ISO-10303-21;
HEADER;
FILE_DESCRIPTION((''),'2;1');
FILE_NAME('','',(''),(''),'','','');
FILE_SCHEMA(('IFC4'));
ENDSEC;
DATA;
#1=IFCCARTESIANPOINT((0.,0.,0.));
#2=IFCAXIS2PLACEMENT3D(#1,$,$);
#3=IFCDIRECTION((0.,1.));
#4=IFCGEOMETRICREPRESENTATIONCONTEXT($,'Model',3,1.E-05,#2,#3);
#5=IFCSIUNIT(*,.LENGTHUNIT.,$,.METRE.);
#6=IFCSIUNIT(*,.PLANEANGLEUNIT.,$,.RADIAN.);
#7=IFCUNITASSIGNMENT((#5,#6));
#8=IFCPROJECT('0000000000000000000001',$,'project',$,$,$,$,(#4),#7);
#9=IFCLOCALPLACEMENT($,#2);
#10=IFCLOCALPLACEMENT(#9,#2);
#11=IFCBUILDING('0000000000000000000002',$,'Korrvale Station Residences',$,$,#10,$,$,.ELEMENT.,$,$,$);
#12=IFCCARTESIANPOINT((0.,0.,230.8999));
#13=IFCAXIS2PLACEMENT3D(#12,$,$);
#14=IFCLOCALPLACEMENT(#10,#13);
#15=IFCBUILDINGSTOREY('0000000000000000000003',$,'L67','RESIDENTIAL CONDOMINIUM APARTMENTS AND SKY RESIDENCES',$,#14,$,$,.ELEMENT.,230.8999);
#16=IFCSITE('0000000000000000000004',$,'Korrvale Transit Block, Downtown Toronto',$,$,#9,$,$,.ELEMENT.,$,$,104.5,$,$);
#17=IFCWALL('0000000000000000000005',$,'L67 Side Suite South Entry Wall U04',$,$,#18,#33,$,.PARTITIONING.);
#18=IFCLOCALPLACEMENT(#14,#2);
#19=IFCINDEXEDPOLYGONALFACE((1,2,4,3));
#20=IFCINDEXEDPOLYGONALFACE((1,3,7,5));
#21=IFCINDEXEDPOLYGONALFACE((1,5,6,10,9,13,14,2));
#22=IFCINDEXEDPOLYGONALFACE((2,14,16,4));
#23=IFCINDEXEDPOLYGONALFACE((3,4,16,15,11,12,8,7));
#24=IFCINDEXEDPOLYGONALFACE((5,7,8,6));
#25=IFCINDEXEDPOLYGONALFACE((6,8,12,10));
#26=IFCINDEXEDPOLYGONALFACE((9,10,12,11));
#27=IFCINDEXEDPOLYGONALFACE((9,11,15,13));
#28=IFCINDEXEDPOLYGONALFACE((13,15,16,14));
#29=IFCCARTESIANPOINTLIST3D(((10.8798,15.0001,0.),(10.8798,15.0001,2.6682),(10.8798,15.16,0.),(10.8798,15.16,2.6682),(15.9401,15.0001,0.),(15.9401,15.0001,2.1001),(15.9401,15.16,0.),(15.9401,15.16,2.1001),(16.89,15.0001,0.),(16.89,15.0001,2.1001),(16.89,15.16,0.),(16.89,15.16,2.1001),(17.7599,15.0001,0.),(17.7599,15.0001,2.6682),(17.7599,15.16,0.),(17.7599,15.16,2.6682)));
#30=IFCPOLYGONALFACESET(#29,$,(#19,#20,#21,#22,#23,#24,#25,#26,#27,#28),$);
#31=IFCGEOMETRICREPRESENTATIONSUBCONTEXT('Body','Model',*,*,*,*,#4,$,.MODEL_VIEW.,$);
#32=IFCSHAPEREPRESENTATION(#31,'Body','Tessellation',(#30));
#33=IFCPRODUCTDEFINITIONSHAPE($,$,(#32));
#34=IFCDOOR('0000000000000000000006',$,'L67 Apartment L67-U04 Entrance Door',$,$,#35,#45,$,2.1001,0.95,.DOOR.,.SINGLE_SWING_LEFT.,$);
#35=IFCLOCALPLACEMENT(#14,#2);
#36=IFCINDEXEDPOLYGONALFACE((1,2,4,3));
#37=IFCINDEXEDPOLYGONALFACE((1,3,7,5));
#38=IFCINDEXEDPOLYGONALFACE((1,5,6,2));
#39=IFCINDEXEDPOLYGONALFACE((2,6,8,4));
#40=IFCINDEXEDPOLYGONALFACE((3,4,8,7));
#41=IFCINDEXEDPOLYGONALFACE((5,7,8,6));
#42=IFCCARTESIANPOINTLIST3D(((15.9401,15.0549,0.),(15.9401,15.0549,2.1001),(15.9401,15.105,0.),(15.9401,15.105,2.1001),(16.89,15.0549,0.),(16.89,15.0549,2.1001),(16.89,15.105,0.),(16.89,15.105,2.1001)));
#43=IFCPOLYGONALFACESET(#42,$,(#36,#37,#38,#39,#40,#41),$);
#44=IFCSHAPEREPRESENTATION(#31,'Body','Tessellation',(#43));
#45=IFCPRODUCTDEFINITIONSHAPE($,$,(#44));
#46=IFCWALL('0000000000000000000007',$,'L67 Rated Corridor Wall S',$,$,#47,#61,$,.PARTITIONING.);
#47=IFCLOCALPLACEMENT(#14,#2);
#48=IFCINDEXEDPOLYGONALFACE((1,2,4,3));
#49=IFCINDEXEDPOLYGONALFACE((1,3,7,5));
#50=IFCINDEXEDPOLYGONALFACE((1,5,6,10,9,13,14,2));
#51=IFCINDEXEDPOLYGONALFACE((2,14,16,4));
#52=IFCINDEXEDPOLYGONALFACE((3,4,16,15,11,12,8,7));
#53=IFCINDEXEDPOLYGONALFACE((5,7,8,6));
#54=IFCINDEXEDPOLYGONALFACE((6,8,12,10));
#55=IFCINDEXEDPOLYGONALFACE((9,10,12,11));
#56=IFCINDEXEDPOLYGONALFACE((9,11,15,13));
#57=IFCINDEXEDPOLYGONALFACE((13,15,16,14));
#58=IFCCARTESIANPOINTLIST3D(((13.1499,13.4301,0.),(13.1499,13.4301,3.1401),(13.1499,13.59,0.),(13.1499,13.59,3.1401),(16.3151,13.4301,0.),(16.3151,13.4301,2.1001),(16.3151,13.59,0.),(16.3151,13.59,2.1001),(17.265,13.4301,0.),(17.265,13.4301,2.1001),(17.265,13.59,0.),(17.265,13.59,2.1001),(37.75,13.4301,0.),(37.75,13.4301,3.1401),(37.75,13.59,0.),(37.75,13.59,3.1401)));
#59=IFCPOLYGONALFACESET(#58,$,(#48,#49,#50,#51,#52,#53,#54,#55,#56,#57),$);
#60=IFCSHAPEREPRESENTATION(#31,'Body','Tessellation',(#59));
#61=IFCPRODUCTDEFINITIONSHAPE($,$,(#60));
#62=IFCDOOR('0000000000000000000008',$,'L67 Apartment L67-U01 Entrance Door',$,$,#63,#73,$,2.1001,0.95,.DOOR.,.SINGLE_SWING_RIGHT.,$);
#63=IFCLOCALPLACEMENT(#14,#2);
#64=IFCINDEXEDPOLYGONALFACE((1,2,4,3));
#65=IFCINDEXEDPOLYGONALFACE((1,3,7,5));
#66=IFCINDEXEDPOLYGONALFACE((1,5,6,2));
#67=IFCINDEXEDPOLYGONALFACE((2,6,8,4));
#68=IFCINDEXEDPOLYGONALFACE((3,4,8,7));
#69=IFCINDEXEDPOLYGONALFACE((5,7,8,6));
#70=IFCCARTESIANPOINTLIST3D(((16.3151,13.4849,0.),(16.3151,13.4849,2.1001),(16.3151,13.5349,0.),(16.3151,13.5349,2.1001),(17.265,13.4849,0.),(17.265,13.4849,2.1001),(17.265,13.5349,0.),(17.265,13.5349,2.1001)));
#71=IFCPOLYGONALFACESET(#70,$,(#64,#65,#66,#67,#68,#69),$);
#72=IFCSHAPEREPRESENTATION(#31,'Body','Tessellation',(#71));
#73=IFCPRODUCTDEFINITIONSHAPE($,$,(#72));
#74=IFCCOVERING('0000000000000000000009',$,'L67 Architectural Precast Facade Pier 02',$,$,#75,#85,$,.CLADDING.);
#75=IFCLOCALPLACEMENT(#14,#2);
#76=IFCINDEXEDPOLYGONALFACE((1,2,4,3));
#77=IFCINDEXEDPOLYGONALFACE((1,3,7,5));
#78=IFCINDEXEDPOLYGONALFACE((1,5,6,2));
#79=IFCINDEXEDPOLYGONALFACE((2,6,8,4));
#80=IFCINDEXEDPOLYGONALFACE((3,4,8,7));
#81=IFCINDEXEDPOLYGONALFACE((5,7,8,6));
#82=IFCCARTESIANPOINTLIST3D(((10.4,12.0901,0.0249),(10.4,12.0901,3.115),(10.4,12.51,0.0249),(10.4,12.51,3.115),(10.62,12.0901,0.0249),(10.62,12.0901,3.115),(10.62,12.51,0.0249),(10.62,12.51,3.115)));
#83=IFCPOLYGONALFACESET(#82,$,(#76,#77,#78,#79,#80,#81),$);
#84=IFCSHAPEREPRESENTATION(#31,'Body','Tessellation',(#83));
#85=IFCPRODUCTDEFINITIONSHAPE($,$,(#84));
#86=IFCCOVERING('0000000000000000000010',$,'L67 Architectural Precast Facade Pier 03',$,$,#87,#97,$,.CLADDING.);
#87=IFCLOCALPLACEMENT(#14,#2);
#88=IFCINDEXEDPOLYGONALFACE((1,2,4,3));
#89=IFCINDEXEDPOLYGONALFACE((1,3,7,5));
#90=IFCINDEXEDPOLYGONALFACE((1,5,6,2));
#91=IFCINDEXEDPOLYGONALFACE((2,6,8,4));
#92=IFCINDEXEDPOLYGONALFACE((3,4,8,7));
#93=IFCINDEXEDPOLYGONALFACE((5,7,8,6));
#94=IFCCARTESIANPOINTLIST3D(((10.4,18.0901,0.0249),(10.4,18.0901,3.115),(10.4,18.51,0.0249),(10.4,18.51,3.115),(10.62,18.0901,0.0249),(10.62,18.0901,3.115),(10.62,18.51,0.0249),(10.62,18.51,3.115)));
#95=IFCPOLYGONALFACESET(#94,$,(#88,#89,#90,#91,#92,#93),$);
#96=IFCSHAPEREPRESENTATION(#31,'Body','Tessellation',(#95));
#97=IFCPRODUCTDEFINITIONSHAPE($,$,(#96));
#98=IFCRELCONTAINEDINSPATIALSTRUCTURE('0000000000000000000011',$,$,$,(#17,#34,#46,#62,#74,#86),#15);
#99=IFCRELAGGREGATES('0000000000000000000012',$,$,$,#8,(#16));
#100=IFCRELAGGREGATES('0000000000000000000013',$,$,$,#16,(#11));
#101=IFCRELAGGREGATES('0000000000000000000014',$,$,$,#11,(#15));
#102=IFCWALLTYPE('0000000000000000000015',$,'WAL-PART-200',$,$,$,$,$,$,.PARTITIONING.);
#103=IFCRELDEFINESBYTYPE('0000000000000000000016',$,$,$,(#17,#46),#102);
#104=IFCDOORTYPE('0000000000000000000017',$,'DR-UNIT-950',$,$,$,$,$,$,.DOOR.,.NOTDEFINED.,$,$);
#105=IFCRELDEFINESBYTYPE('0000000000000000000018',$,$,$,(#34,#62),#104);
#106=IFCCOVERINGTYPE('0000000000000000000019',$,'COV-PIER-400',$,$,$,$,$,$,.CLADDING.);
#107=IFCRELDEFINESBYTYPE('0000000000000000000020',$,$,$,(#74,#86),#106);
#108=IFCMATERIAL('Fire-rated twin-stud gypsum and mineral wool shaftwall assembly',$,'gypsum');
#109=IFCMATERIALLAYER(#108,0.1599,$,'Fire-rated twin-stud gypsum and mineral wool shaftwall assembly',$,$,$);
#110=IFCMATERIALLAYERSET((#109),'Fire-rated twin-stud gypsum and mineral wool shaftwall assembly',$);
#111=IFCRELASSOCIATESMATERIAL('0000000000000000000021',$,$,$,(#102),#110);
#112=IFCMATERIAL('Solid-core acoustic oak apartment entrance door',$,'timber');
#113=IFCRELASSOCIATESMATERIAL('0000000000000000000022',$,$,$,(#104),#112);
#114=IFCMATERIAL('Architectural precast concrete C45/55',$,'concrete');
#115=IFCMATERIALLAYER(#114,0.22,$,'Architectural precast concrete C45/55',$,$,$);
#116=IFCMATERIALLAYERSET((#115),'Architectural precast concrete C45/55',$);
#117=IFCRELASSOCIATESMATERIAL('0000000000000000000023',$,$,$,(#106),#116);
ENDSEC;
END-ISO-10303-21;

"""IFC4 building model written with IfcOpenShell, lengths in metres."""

from ifc_helpers import new_model, si_unit, direction, frame, frame_2d, origin, origin_2d, place, context, subcontext, project, spatial, rectangle, extrude, material, layer, layer_set, type_object, element, fill, save


model = new_model("IFC4")

# Units and contexts
model_context = context("Model", 3, precision=1e-05, world=origin(), true_north=direction((0.0, 1.0)))
body_context = subcontext(model_context, "Body", "Model", "MODEL_VIEW")
ifc_project = project(units=[si_unit("LENGTHUNIT", "METRE"), si_unit("PLANEANGLEUNIT", "RADIAN")], contexts=[model_context])

# Site, building, storey
site_placement = place(None, origin())
site = spatial("IfcSite", under=ifc_project, at=site_placement, Name="Korrvale Transit Block, Downtown Toronto", CompositionType="ELEMENT", RefElevation=104.5)
building_placement = place(site_placement, origin())
building = spatial("IfcBuilding", under=site, at=building_placement, Name="Korrvale Station Residences", CompositionType="ELEMENT")
storey_placement = place(building_placement, frame((0.0, 0.0, 230.8999)))
storey = spatial("IfcBuildingStorey", under=building, at=storey_placement, Name="L67", Description="RESIDENTIAL CONDOMINIUM APARTMENTS AND SKY RESIDENCES", CompositionType="ELEMENT", Elevation=230.8999)

# Shared definitions
ifc_material_1 = material(Name="Fire-rated twin-stud gypsum and mineral wool shaftwall assembly", Category="gypsum")
ifc_layer_1 = layer(ifc_material_1, 0.1599, Name="Fire-rated twin-stud gypsum and mineral wool shaftwall assembly")
ifc_layer_set_1 = layer_set([ifc_layer_1], Name="Fire-rated twin-stud gypsum and mineral wool shaftwall assembly")
wall_type_1 = type_object("IfcWallType", Name="WAL-PART-200", PredefinedType="PARTITIONING", material=ifc_layer_set_1)

# Walls, openings, doors
wall_1_placement = place(storey_placement, frame((10.8799, 15.0801, 0.0), z_axis=(0.0, 0.0, 1.0), x_axis=(1.0, 0.0, 0.0)))
wall_1 = element("IfcWall", 1, at=wall_1_placement, inside=storey, type_object=wall_type_1, Name="L67 Side Suite South Entry Wall U04", PredefinedType="PARTITIONING", context=body_context, shape_type="SweptSolid", body=[
    extrude(rectangle(XDim=6.8801, YDim=0.1599, at=frame_2d((3.4399, 0.0))), origin(), (0.0, 0.0, 1.0), 2.6682),
])
opening_1_placement = place(wall_1_placement, frame((5.0601, 0.0, 0.0)))
opening_1 = element("IfcOpeningElement", 2, at=opening_1_placement, cuts=wall_1, PredefinedType="OPENING", context=body_context, shape_type="SweptSolid", body=[
    extrude(rectangle(XDim=0.95, YDim=2.1001, at=frame_2d((0.4751, 1.05))), frame((0.0, 0.0898, 0.0), z_axis=(0.0, -1.0, 0.0), x_axis=(1.0, 0.0, 0.0)), (0.0, 0.0, 1.0), 0.1799),
])
ifc_material_2 = material(Name="Solid-core acoustic oak apartment entrance door", Category="timber")
door_type_1 = type_object("IfcDoorType", Name="DR-UNIT-950", OperationType="NOTDEFINED", PredefinedType="DOOR", material=ifc_material_2)
door_1_placement = place(opening_1_placement, origin())
door_1 = element("IfcDoor", 3, at=door_1_placement, inside=storey, type_object=door_type_1, Name="L67 Apartment L67-U04 Entrance Door", OperationType="SINGLE_SWING_LEFT", OverallHeight=2.1001, OverallWidth=0.95, PredefinedType="DOOR", context=body_context, shape_type="SweptSolid", body=[
    extrude(rectangle(XDim=0.95, YDim=2.1001, at=frame_2d((0.4751, 1.05))), frame((0.0, 0.0249, 0.0), z_axis=(0.0, -1.0, 0.0), x_axis=(1.0, 0.0, 0.0)), (0.0, 0.0, 1.0), 0.05),
])
fill(opening_1, door_1)
wall_2_placement = place(storey_placement, frame((13.1499, 13.51, 0.0), z_axis=(0.0, 0.0, 1.0), x_axis=(1.0, 0.0, 0.0)))
wall_2 = element("IfcWall", 4, at=wall_2_placement, inside=storey, type_object=wall_type_1, Name="L67 Rated Corridor Wall S", PredefinedType="PARTITIONING", context=body_context, shape_type="SweptSolid", body=[
    extrude(rectangle(XDim=24.6001, YDim=0.1599, at=frame_2d((12.3, 0.0))), origin(), (0.0, 0.0, 1.0), 3.1401),
])
opening_2_placement = place(wall_2_placement, frame((3.165, 0.0, 0.0)))
opening_2 = element("IfcOpeningElement", 5, at=opening_2_placement, cuts=wall_2, PredefinedType="OPENING", context=body_context, shape_type="SweptSolid", body=[
    extrude(rectangle(XDim=0.95, YDim=2.1001, at=frame_2d((0.4751, 1.05))), frame((0.0, 0.0898, 0.0), z_axis=(0.0, -1.0, 0.0), x_axis=(1.0, 0.0, 0.0)), (0.0, 0.0, 1.0), 0.1799),
])
door_2_placement = place(opening_2_placement, origin())
door_2 = element("IfcDoor", 6, at=door_2_placement, inside=storey, type_object=door_type_1, Name="L67 Apartment L67-U01 Entrance Door", OperationType="SINGLE_SWING_RIGHT", OverallHeight=2.1001, OverallWidth=0.95, PredefinedType="DOOR", context=body_context, shape_type="SweptSolid", body=[
    extrude(rectangle(XDim=0.95, YDim=2.1001, at=frame_2d((0.4751, 1.05))), frame((0.0, 0.0249, 0.0), z_axis=(0.0, -1.0, 0.0), x_axis=(1.0, 0.0, 0.0)), (0.0, 0.0, 1.0), 0.05),
])
fill(opening_2, door_2)

# Coverings
ifc_material_3 = material(Name="Architectural precast concrete C45/55", Category="concrete")
ifc_layer_2 = layer(ifc_material_3, 0.22, Name="Architectural precast concrete C45/55")
ifc_layer_set_2 = layer_set([ifc_layer_2], Name="Architectural precast concrete C45/55")
covering_type = type_object("IfcCoveringType", Name="COV-PIER-400", PredefinedType="CLADDING", material=ifc_layer_set_2)
for number, where, z_axis, x_axis, name in (
    (7, (10.51, 12.3, 0.0249), (0.0, 0.0, 1.0), (0.0, 1.0, 0.0), "L67 Architectural Precast Facade Pier 02"),
    (8, (10.51, 18.3, 0.0249), (0.0, 0.0, 1.0), (0.0, 1.0, 0.0), "L67 Architectural Precast Facade Pier 03"),
):
    element("IfcCovering", number, at=place(storey_placement, frame(where, z_axis=z_axis, x_axis=x_axis)), inside=storey, type_object=covering_type, Name=name, PredefinedType="CLADDING", context=body_context, shape_type="SweptSolid", body=[
        extrude(rectangle(XDim=0.4199, YDim=0.22, at=origin_2d()), origin(), (0.0, 0.0, 1.0), 3.0901),
    ])

save(model, "model.ifc")
